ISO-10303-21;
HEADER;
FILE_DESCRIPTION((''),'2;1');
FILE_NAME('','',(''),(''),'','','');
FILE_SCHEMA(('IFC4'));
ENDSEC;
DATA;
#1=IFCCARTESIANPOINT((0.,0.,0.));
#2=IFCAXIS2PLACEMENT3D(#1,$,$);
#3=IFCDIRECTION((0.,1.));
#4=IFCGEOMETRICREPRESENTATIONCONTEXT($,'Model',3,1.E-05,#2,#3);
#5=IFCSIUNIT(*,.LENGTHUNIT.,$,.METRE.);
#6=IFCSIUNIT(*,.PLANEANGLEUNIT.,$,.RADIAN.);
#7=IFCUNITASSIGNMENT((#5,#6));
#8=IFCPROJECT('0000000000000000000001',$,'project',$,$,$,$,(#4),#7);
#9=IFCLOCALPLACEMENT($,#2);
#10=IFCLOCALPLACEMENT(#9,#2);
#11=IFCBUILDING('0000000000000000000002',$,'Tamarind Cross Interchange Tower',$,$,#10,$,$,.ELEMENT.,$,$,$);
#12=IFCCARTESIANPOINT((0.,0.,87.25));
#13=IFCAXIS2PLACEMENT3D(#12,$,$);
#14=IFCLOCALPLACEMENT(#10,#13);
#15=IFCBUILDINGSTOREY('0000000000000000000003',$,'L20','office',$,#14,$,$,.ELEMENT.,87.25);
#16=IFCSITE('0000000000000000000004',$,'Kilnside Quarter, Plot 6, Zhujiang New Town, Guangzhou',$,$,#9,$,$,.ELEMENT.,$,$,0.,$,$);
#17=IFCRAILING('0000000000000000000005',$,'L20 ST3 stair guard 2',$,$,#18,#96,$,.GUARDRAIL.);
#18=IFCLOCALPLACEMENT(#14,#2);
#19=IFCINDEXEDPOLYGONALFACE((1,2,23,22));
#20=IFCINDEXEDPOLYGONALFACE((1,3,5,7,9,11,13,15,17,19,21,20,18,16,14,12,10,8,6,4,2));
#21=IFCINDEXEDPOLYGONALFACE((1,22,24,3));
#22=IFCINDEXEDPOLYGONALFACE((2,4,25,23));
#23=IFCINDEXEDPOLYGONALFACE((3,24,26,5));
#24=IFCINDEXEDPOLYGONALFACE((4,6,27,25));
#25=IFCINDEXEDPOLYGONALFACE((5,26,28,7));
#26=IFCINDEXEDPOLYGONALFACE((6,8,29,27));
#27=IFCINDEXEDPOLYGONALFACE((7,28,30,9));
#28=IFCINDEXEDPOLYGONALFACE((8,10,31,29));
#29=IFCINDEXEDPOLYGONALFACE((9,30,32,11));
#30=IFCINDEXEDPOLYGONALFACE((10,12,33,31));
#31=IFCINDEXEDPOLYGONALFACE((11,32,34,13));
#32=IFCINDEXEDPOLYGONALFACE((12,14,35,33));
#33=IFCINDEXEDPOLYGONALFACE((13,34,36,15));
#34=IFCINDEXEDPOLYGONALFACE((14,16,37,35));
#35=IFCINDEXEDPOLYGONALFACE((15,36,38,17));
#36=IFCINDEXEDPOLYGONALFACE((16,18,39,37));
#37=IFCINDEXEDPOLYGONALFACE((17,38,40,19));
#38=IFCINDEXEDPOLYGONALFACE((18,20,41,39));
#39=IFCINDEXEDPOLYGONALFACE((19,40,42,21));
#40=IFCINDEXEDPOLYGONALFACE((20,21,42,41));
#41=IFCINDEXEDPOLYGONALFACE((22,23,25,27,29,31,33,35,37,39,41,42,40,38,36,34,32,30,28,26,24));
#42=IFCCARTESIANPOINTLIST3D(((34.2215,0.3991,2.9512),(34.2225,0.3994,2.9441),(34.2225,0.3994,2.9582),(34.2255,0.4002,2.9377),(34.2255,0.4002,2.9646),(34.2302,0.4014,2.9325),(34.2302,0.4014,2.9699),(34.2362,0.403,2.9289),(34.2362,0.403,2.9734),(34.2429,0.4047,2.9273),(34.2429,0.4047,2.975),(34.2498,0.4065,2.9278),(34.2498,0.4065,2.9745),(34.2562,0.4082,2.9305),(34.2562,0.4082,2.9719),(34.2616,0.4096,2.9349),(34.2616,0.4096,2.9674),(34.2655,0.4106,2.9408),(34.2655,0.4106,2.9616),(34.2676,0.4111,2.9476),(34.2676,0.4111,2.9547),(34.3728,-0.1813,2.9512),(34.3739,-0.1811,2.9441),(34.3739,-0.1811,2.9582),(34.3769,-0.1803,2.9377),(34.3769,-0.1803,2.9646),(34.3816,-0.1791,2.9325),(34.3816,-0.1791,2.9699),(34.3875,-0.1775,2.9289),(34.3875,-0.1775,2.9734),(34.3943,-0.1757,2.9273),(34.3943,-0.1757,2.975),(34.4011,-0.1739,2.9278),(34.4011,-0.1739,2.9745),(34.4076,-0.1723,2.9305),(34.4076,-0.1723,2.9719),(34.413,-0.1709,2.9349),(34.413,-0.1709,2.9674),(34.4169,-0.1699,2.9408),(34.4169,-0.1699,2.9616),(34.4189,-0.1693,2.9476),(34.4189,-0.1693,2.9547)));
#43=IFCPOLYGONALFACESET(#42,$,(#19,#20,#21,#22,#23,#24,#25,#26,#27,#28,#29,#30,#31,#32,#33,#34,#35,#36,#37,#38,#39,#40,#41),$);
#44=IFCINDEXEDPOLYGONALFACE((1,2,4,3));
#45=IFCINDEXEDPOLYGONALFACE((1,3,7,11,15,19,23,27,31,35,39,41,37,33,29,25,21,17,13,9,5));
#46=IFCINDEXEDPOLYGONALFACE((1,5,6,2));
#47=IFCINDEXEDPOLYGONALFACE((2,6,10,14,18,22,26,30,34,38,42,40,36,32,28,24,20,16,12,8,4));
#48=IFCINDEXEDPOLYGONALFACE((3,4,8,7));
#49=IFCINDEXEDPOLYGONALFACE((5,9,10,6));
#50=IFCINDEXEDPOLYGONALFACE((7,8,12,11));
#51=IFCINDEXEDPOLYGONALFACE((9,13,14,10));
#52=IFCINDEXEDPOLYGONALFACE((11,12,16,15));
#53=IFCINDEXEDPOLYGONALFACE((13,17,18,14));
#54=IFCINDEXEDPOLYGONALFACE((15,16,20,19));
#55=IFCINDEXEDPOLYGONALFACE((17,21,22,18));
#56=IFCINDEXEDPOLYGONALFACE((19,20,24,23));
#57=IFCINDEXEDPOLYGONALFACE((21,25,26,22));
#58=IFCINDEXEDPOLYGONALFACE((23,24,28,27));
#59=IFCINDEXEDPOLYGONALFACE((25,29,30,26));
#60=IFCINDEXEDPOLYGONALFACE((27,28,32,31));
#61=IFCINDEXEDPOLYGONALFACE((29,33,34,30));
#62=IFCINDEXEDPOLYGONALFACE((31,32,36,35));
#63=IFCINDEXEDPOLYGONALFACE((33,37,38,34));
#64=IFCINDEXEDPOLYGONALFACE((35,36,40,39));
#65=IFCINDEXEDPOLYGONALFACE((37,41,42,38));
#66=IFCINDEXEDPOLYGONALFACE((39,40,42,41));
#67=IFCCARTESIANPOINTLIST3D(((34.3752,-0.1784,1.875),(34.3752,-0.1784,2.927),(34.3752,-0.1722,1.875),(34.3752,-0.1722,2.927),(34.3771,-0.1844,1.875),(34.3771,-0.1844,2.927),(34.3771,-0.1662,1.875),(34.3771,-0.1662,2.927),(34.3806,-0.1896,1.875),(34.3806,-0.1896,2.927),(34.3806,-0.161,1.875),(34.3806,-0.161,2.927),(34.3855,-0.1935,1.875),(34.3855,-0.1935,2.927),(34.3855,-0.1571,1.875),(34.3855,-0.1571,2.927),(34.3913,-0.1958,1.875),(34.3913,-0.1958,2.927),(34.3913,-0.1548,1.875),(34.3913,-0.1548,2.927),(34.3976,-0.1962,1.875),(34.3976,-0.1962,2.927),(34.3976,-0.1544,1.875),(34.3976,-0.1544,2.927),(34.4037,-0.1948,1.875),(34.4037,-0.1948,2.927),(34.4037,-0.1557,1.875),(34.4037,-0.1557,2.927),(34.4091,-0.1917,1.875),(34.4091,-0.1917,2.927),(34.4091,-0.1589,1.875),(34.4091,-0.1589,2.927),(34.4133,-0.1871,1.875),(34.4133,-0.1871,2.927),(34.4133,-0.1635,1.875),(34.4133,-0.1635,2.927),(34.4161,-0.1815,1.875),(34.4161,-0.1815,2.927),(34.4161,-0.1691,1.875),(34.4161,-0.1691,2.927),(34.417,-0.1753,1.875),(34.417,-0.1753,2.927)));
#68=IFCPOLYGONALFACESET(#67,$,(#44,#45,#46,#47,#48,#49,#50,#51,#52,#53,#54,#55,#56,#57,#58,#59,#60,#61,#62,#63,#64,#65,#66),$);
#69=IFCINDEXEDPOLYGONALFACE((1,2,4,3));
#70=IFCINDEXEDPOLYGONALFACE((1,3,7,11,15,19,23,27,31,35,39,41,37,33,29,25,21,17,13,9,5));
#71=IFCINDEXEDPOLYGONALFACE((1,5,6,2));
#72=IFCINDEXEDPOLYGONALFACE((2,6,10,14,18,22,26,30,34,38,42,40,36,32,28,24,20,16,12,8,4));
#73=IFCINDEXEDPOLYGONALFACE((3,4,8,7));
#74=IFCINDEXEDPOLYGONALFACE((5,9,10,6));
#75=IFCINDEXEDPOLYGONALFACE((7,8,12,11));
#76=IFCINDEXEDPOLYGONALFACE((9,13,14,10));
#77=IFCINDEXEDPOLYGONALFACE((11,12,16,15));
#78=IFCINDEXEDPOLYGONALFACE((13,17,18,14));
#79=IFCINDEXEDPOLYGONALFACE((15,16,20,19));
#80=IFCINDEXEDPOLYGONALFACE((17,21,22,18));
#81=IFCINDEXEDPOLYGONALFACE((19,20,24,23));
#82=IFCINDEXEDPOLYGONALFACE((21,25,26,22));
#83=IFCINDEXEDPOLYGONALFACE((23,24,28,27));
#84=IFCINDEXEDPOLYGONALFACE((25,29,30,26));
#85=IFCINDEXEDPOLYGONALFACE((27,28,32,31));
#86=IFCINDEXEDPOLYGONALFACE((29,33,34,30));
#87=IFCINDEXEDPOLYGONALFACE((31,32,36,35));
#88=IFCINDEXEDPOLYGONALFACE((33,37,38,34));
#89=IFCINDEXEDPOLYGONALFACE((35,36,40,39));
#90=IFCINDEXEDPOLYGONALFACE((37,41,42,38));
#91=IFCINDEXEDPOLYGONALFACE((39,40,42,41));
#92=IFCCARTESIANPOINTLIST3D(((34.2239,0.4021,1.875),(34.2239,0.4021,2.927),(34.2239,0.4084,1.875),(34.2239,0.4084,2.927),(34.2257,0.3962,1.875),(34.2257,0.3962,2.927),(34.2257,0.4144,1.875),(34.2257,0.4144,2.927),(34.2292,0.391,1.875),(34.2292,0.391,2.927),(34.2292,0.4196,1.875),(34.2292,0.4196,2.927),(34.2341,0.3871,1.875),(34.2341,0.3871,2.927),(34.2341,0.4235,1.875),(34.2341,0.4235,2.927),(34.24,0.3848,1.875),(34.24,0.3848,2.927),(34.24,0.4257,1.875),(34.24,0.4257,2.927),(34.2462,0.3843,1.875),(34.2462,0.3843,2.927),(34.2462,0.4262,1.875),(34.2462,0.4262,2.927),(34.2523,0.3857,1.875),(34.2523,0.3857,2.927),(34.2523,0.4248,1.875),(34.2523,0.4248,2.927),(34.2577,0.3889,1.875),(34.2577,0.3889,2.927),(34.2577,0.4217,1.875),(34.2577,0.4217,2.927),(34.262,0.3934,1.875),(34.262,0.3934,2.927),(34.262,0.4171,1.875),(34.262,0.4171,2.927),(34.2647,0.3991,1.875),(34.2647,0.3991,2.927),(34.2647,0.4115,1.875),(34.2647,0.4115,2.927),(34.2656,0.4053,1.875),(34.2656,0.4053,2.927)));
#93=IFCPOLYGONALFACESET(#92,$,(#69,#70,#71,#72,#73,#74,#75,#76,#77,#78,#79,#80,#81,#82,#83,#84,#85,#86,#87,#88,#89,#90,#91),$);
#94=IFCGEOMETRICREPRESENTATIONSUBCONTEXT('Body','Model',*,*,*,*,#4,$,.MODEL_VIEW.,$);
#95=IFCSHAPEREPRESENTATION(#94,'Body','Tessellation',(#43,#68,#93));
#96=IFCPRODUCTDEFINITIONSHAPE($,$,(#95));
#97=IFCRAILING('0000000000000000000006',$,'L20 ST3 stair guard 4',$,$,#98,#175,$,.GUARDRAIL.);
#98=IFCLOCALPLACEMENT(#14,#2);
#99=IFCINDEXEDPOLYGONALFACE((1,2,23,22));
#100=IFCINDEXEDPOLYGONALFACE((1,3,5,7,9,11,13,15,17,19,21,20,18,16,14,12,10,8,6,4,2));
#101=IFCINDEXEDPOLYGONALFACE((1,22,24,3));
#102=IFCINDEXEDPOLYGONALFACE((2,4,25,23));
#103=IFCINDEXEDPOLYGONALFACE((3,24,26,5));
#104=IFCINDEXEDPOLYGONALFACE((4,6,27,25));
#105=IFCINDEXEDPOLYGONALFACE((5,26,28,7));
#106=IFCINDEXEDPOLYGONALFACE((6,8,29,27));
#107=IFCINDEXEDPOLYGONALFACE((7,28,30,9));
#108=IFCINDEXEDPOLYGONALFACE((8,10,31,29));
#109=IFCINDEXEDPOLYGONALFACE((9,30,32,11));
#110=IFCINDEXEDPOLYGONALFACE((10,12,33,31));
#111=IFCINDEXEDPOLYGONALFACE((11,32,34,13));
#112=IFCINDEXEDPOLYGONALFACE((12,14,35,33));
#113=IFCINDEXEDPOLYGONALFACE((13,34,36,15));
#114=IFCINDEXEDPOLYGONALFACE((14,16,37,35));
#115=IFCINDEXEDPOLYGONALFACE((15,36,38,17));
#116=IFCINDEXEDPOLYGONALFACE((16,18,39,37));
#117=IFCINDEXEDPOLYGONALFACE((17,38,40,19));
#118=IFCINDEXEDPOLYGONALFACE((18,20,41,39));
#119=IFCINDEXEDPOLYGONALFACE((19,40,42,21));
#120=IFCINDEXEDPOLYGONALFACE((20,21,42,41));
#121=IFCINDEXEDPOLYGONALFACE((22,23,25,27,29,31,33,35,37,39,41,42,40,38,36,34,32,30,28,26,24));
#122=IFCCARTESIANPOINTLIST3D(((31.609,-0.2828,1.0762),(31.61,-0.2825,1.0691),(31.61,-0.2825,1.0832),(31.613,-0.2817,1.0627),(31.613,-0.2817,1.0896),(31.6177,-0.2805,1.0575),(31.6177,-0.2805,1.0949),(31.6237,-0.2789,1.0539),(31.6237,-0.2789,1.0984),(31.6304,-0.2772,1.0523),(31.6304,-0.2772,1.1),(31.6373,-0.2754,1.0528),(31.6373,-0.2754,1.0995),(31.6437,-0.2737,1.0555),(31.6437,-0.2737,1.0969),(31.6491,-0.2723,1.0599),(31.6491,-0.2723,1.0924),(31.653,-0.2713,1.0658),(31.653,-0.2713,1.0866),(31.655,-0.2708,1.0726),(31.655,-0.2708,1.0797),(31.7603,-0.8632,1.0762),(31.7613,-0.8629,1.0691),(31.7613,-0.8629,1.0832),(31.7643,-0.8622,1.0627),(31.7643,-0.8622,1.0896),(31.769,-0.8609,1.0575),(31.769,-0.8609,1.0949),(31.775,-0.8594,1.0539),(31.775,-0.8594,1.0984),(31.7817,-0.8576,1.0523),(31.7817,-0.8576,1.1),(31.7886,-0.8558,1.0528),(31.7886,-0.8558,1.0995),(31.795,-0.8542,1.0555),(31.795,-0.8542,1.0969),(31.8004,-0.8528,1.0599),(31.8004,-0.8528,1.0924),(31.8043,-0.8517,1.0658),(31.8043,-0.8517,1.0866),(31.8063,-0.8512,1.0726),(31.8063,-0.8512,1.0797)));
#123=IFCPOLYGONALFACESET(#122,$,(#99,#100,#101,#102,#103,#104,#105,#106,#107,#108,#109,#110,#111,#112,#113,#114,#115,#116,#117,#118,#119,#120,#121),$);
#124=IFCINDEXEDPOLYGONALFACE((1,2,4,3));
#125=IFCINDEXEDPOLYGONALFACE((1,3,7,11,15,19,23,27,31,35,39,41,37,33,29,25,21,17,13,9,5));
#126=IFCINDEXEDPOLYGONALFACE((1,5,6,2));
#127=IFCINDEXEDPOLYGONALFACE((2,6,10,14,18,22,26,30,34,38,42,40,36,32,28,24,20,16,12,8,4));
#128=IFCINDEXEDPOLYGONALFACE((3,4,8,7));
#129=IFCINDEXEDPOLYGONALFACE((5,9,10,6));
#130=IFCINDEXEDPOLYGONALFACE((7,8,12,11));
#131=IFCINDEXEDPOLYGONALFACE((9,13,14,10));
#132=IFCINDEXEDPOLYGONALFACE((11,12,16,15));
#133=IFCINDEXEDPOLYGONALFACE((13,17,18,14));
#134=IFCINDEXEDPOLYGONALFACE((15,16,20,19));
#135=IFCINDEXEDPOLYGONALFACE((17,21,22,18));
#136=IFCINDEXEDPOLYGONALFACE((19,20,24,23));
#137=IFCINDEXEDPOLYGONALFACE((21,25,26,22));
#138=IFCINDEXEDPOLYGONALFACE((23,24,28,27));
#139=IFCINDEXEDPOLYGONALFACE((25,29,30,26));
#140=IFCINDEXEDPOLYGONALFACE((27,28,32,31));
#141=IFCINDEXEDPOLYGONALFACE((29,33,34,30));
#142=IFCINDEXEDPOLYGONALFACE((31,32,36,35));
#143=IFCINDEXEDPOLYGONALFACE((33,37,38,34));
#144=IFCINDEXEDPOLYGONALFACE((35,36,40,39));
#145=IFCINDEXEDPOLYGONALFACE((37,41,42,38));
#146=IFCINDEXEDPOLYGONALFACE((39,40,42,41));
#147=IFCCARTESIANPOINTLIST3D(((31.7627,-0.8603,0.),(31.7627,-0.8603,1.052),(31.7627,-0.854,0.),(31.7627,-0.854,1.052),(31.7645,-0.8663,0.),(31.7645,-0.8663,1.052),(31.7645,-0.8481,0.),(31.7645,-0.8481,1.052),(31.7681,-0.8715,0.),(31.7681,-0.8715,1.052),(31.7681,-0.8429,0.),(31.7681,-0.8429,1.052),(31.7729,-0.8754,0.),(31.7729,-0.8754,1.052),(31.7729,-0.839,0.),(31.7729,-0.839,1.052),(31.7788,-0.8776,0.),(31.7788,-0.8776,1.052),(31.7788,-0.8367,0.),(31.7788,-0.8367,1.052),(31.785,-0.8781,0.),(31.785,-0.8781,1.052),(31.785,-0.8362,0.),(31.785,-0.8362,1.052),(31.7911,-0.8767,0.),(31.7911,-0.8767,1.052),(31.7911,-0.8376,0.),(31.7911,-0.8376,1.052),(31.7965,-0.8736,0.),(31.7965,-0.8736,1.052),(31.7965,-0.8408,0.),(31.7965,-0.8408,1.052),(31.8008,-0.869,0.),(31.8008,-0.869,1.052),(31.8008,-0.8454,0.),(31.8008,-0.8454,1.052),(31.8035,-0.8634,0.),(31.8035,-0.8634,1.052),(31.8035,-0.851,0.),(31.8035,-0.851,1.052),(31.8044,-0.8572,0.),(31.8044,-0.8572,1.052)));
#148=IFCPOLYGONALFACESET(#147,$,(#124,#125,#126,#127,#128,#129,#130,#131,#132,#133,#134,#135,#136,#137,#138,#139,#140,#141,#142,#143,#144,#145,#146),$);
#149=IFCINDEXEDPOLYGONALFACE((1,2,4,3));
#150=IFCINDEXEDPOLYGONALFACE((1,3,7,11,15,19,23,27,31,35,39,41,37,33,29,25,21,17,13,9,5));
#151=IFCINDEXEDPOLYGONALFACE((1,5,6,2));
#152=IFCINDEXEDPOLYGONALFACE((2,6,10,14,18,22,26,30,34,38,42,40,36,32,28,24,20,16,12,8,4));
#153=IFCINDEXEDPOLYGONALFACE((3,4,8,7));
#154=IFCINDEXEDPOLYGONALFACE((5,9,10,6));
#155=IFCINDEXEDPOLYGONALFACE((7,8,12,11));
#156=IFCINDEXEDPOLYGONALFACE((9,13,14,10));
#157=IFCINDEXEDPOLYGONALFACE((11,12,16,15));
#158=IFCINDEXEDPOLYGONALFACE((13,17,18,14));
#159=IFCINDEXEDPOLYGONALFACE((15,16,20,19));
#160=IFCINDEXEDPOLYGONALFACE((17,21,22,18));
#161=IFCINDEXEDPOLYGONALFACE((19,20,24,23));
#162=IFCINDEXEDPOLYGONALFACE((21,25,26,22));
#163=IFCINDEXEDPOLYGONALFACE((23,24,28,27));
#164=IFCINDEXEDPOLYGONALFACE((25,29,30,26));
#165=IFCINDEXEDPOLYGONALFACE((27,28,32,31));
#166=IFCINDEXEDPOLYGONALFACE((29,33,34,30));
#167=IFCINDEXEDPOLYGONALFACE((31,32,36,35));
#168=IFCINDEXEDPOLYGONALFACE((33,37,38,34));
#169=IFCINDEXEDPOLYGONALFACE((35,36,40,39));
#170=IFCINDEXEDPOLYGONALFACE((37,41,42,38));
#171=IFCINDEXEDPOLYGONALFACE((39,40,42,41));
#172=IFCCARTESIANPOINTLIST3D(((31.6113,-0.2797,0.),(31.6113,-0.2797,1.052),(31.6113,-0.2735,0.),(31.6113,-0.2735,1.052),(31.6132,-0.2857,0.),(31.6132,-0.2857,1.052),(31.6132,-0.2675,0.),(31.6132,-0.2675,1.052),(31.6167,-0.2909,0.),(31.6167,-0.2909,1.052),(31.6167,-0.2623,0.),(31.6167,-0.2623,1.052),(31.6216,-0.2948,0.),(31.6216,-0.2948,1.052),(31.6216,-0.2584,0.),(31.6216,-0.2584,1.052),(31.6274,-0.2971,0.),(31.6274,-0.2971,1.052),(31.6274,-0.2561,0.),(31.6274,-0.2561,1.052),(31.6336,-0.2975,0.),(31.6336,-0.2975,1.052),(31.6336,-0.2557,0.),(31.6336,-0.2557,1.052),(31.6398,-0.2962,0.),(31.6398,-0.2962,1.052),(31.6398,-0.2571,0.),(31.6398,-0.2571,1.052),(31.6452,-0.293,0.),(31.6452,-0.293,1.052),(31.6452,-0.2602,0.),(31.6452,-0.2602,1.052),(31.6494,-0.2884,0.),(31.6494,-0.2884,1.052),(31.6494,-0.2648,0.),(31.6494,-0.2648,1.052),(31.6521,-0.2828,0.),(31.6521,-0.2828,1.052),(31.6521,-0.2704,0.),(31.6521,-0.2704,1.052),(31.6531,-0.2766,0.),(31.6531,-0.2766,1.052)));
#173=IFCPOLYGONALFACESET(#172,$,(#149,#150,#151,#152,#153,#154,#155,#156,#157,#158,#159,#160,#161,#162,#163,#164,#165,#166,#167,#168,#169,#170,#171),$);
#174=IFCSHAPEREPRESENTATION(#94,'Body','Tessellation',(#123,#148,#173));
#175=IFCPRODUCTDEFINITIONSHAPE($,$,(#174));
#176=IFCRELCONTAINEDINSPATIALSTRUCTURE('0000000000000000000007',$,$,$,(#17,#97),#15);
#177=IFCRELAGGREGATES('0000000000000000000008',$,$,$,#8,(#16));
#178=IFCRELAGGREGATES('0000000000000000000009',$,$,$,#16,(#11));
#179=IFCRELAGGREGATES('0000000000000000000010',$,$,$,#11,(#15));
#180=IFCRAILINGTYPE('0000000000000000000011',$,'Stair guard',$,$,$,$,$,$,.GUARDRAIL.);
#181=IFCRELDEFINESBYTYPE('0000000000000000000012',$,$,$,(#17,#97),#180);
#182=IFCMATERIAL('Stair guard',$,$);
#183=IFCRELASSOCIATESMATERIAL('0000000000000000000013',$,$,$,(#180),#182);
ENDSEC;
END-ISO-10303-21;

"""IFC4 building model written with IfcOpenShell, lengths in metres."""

from ifc_helpers import new_model, si_unit, direction, frame, origin, origin_2d, place, context, subcontext, project, spatial, circle, extrude, material, type_object, element, save


model = new_model("IFC4")

# Units and contexts
model_context = context("Model", 3, precision=1e-05, world=origin(), true_north=direction((0.0, 1.0)))
body_context = subcontext(model_context, "Body", "Model", "MODEL_VIEW")
ifc_project = project(units=[si_unit("LENGTHUNIT", "METRE"), si_unit("PLANEANGLEUNIT", "RADIAN")], contexts=[model_context])

# Site, building, storey
site_placement = place(None, origin())
site = spatial("IfcSite", under=ifc_project, at=site_placement, Name="Kilnside Quarter, Plot 6, Zhujiang New Town, Guangzhou", CompositionType="ELEMENT", RefElevation=0.0)
building_placement = place(site_placement, origin())
building = spatial("IfcBuilding", under=site, at=building_placement, Name="Tamarind Cross Interchange Tower", CompositionType="ELEMENT")
storey_placement = place(building_placement, frame((0.0, 0.0, 87.25)))
storey = spatial("IfcBuildingStorey", under=building, at=storey_placement, Name="L20", Description="office", CompositionType="ELEMENT", Elevation=87.25)

# Railings
ifc_material_1 = material(Name="Stair guard")
railing_type_1 = type_object("IfcRailingType", Name="Stair guard", PredefinedType="GUARDRAIL", material=ifc_material_1)
for number, where, name in (
    (1, (34.396, -0.1753, 1.875), "L20 ST3 stair guard 2"),
    (2, (31.7834, -0.8572, 0.0), "L20 ST3 stair guard 4"),
):
    element("IfcRailing", number, at=place(storey_placement, frame(where)), inside=storey, type_object=railing_type_1, Name=name, PredefinedType="GUARDRAIL", context=body_context, shape_type="SweptSolid", body=[
        extrude(circle(Radius=0.0239, at=origin_2d()), frame((0.0, 0.0, 1.0762), z_axis=(-0.252289, 0.967652, 0.0), x_axis=(-0.967652, -0.252289, 0.0)), (0.0, 0.0, 1.0), 0.5999),
        extrude(circle(Radius=0.021, at=origin_2d()), origin(), (0.0, 0.0, 1.0), 1.052),
        extrude(circle(Radius=0.021, at=origin_2d()), frame((-0.1514, 0.5806, 0.0)), (0.0, 0.0, 1.0), 1.052),
    ])

save(model, "model.ifc")
